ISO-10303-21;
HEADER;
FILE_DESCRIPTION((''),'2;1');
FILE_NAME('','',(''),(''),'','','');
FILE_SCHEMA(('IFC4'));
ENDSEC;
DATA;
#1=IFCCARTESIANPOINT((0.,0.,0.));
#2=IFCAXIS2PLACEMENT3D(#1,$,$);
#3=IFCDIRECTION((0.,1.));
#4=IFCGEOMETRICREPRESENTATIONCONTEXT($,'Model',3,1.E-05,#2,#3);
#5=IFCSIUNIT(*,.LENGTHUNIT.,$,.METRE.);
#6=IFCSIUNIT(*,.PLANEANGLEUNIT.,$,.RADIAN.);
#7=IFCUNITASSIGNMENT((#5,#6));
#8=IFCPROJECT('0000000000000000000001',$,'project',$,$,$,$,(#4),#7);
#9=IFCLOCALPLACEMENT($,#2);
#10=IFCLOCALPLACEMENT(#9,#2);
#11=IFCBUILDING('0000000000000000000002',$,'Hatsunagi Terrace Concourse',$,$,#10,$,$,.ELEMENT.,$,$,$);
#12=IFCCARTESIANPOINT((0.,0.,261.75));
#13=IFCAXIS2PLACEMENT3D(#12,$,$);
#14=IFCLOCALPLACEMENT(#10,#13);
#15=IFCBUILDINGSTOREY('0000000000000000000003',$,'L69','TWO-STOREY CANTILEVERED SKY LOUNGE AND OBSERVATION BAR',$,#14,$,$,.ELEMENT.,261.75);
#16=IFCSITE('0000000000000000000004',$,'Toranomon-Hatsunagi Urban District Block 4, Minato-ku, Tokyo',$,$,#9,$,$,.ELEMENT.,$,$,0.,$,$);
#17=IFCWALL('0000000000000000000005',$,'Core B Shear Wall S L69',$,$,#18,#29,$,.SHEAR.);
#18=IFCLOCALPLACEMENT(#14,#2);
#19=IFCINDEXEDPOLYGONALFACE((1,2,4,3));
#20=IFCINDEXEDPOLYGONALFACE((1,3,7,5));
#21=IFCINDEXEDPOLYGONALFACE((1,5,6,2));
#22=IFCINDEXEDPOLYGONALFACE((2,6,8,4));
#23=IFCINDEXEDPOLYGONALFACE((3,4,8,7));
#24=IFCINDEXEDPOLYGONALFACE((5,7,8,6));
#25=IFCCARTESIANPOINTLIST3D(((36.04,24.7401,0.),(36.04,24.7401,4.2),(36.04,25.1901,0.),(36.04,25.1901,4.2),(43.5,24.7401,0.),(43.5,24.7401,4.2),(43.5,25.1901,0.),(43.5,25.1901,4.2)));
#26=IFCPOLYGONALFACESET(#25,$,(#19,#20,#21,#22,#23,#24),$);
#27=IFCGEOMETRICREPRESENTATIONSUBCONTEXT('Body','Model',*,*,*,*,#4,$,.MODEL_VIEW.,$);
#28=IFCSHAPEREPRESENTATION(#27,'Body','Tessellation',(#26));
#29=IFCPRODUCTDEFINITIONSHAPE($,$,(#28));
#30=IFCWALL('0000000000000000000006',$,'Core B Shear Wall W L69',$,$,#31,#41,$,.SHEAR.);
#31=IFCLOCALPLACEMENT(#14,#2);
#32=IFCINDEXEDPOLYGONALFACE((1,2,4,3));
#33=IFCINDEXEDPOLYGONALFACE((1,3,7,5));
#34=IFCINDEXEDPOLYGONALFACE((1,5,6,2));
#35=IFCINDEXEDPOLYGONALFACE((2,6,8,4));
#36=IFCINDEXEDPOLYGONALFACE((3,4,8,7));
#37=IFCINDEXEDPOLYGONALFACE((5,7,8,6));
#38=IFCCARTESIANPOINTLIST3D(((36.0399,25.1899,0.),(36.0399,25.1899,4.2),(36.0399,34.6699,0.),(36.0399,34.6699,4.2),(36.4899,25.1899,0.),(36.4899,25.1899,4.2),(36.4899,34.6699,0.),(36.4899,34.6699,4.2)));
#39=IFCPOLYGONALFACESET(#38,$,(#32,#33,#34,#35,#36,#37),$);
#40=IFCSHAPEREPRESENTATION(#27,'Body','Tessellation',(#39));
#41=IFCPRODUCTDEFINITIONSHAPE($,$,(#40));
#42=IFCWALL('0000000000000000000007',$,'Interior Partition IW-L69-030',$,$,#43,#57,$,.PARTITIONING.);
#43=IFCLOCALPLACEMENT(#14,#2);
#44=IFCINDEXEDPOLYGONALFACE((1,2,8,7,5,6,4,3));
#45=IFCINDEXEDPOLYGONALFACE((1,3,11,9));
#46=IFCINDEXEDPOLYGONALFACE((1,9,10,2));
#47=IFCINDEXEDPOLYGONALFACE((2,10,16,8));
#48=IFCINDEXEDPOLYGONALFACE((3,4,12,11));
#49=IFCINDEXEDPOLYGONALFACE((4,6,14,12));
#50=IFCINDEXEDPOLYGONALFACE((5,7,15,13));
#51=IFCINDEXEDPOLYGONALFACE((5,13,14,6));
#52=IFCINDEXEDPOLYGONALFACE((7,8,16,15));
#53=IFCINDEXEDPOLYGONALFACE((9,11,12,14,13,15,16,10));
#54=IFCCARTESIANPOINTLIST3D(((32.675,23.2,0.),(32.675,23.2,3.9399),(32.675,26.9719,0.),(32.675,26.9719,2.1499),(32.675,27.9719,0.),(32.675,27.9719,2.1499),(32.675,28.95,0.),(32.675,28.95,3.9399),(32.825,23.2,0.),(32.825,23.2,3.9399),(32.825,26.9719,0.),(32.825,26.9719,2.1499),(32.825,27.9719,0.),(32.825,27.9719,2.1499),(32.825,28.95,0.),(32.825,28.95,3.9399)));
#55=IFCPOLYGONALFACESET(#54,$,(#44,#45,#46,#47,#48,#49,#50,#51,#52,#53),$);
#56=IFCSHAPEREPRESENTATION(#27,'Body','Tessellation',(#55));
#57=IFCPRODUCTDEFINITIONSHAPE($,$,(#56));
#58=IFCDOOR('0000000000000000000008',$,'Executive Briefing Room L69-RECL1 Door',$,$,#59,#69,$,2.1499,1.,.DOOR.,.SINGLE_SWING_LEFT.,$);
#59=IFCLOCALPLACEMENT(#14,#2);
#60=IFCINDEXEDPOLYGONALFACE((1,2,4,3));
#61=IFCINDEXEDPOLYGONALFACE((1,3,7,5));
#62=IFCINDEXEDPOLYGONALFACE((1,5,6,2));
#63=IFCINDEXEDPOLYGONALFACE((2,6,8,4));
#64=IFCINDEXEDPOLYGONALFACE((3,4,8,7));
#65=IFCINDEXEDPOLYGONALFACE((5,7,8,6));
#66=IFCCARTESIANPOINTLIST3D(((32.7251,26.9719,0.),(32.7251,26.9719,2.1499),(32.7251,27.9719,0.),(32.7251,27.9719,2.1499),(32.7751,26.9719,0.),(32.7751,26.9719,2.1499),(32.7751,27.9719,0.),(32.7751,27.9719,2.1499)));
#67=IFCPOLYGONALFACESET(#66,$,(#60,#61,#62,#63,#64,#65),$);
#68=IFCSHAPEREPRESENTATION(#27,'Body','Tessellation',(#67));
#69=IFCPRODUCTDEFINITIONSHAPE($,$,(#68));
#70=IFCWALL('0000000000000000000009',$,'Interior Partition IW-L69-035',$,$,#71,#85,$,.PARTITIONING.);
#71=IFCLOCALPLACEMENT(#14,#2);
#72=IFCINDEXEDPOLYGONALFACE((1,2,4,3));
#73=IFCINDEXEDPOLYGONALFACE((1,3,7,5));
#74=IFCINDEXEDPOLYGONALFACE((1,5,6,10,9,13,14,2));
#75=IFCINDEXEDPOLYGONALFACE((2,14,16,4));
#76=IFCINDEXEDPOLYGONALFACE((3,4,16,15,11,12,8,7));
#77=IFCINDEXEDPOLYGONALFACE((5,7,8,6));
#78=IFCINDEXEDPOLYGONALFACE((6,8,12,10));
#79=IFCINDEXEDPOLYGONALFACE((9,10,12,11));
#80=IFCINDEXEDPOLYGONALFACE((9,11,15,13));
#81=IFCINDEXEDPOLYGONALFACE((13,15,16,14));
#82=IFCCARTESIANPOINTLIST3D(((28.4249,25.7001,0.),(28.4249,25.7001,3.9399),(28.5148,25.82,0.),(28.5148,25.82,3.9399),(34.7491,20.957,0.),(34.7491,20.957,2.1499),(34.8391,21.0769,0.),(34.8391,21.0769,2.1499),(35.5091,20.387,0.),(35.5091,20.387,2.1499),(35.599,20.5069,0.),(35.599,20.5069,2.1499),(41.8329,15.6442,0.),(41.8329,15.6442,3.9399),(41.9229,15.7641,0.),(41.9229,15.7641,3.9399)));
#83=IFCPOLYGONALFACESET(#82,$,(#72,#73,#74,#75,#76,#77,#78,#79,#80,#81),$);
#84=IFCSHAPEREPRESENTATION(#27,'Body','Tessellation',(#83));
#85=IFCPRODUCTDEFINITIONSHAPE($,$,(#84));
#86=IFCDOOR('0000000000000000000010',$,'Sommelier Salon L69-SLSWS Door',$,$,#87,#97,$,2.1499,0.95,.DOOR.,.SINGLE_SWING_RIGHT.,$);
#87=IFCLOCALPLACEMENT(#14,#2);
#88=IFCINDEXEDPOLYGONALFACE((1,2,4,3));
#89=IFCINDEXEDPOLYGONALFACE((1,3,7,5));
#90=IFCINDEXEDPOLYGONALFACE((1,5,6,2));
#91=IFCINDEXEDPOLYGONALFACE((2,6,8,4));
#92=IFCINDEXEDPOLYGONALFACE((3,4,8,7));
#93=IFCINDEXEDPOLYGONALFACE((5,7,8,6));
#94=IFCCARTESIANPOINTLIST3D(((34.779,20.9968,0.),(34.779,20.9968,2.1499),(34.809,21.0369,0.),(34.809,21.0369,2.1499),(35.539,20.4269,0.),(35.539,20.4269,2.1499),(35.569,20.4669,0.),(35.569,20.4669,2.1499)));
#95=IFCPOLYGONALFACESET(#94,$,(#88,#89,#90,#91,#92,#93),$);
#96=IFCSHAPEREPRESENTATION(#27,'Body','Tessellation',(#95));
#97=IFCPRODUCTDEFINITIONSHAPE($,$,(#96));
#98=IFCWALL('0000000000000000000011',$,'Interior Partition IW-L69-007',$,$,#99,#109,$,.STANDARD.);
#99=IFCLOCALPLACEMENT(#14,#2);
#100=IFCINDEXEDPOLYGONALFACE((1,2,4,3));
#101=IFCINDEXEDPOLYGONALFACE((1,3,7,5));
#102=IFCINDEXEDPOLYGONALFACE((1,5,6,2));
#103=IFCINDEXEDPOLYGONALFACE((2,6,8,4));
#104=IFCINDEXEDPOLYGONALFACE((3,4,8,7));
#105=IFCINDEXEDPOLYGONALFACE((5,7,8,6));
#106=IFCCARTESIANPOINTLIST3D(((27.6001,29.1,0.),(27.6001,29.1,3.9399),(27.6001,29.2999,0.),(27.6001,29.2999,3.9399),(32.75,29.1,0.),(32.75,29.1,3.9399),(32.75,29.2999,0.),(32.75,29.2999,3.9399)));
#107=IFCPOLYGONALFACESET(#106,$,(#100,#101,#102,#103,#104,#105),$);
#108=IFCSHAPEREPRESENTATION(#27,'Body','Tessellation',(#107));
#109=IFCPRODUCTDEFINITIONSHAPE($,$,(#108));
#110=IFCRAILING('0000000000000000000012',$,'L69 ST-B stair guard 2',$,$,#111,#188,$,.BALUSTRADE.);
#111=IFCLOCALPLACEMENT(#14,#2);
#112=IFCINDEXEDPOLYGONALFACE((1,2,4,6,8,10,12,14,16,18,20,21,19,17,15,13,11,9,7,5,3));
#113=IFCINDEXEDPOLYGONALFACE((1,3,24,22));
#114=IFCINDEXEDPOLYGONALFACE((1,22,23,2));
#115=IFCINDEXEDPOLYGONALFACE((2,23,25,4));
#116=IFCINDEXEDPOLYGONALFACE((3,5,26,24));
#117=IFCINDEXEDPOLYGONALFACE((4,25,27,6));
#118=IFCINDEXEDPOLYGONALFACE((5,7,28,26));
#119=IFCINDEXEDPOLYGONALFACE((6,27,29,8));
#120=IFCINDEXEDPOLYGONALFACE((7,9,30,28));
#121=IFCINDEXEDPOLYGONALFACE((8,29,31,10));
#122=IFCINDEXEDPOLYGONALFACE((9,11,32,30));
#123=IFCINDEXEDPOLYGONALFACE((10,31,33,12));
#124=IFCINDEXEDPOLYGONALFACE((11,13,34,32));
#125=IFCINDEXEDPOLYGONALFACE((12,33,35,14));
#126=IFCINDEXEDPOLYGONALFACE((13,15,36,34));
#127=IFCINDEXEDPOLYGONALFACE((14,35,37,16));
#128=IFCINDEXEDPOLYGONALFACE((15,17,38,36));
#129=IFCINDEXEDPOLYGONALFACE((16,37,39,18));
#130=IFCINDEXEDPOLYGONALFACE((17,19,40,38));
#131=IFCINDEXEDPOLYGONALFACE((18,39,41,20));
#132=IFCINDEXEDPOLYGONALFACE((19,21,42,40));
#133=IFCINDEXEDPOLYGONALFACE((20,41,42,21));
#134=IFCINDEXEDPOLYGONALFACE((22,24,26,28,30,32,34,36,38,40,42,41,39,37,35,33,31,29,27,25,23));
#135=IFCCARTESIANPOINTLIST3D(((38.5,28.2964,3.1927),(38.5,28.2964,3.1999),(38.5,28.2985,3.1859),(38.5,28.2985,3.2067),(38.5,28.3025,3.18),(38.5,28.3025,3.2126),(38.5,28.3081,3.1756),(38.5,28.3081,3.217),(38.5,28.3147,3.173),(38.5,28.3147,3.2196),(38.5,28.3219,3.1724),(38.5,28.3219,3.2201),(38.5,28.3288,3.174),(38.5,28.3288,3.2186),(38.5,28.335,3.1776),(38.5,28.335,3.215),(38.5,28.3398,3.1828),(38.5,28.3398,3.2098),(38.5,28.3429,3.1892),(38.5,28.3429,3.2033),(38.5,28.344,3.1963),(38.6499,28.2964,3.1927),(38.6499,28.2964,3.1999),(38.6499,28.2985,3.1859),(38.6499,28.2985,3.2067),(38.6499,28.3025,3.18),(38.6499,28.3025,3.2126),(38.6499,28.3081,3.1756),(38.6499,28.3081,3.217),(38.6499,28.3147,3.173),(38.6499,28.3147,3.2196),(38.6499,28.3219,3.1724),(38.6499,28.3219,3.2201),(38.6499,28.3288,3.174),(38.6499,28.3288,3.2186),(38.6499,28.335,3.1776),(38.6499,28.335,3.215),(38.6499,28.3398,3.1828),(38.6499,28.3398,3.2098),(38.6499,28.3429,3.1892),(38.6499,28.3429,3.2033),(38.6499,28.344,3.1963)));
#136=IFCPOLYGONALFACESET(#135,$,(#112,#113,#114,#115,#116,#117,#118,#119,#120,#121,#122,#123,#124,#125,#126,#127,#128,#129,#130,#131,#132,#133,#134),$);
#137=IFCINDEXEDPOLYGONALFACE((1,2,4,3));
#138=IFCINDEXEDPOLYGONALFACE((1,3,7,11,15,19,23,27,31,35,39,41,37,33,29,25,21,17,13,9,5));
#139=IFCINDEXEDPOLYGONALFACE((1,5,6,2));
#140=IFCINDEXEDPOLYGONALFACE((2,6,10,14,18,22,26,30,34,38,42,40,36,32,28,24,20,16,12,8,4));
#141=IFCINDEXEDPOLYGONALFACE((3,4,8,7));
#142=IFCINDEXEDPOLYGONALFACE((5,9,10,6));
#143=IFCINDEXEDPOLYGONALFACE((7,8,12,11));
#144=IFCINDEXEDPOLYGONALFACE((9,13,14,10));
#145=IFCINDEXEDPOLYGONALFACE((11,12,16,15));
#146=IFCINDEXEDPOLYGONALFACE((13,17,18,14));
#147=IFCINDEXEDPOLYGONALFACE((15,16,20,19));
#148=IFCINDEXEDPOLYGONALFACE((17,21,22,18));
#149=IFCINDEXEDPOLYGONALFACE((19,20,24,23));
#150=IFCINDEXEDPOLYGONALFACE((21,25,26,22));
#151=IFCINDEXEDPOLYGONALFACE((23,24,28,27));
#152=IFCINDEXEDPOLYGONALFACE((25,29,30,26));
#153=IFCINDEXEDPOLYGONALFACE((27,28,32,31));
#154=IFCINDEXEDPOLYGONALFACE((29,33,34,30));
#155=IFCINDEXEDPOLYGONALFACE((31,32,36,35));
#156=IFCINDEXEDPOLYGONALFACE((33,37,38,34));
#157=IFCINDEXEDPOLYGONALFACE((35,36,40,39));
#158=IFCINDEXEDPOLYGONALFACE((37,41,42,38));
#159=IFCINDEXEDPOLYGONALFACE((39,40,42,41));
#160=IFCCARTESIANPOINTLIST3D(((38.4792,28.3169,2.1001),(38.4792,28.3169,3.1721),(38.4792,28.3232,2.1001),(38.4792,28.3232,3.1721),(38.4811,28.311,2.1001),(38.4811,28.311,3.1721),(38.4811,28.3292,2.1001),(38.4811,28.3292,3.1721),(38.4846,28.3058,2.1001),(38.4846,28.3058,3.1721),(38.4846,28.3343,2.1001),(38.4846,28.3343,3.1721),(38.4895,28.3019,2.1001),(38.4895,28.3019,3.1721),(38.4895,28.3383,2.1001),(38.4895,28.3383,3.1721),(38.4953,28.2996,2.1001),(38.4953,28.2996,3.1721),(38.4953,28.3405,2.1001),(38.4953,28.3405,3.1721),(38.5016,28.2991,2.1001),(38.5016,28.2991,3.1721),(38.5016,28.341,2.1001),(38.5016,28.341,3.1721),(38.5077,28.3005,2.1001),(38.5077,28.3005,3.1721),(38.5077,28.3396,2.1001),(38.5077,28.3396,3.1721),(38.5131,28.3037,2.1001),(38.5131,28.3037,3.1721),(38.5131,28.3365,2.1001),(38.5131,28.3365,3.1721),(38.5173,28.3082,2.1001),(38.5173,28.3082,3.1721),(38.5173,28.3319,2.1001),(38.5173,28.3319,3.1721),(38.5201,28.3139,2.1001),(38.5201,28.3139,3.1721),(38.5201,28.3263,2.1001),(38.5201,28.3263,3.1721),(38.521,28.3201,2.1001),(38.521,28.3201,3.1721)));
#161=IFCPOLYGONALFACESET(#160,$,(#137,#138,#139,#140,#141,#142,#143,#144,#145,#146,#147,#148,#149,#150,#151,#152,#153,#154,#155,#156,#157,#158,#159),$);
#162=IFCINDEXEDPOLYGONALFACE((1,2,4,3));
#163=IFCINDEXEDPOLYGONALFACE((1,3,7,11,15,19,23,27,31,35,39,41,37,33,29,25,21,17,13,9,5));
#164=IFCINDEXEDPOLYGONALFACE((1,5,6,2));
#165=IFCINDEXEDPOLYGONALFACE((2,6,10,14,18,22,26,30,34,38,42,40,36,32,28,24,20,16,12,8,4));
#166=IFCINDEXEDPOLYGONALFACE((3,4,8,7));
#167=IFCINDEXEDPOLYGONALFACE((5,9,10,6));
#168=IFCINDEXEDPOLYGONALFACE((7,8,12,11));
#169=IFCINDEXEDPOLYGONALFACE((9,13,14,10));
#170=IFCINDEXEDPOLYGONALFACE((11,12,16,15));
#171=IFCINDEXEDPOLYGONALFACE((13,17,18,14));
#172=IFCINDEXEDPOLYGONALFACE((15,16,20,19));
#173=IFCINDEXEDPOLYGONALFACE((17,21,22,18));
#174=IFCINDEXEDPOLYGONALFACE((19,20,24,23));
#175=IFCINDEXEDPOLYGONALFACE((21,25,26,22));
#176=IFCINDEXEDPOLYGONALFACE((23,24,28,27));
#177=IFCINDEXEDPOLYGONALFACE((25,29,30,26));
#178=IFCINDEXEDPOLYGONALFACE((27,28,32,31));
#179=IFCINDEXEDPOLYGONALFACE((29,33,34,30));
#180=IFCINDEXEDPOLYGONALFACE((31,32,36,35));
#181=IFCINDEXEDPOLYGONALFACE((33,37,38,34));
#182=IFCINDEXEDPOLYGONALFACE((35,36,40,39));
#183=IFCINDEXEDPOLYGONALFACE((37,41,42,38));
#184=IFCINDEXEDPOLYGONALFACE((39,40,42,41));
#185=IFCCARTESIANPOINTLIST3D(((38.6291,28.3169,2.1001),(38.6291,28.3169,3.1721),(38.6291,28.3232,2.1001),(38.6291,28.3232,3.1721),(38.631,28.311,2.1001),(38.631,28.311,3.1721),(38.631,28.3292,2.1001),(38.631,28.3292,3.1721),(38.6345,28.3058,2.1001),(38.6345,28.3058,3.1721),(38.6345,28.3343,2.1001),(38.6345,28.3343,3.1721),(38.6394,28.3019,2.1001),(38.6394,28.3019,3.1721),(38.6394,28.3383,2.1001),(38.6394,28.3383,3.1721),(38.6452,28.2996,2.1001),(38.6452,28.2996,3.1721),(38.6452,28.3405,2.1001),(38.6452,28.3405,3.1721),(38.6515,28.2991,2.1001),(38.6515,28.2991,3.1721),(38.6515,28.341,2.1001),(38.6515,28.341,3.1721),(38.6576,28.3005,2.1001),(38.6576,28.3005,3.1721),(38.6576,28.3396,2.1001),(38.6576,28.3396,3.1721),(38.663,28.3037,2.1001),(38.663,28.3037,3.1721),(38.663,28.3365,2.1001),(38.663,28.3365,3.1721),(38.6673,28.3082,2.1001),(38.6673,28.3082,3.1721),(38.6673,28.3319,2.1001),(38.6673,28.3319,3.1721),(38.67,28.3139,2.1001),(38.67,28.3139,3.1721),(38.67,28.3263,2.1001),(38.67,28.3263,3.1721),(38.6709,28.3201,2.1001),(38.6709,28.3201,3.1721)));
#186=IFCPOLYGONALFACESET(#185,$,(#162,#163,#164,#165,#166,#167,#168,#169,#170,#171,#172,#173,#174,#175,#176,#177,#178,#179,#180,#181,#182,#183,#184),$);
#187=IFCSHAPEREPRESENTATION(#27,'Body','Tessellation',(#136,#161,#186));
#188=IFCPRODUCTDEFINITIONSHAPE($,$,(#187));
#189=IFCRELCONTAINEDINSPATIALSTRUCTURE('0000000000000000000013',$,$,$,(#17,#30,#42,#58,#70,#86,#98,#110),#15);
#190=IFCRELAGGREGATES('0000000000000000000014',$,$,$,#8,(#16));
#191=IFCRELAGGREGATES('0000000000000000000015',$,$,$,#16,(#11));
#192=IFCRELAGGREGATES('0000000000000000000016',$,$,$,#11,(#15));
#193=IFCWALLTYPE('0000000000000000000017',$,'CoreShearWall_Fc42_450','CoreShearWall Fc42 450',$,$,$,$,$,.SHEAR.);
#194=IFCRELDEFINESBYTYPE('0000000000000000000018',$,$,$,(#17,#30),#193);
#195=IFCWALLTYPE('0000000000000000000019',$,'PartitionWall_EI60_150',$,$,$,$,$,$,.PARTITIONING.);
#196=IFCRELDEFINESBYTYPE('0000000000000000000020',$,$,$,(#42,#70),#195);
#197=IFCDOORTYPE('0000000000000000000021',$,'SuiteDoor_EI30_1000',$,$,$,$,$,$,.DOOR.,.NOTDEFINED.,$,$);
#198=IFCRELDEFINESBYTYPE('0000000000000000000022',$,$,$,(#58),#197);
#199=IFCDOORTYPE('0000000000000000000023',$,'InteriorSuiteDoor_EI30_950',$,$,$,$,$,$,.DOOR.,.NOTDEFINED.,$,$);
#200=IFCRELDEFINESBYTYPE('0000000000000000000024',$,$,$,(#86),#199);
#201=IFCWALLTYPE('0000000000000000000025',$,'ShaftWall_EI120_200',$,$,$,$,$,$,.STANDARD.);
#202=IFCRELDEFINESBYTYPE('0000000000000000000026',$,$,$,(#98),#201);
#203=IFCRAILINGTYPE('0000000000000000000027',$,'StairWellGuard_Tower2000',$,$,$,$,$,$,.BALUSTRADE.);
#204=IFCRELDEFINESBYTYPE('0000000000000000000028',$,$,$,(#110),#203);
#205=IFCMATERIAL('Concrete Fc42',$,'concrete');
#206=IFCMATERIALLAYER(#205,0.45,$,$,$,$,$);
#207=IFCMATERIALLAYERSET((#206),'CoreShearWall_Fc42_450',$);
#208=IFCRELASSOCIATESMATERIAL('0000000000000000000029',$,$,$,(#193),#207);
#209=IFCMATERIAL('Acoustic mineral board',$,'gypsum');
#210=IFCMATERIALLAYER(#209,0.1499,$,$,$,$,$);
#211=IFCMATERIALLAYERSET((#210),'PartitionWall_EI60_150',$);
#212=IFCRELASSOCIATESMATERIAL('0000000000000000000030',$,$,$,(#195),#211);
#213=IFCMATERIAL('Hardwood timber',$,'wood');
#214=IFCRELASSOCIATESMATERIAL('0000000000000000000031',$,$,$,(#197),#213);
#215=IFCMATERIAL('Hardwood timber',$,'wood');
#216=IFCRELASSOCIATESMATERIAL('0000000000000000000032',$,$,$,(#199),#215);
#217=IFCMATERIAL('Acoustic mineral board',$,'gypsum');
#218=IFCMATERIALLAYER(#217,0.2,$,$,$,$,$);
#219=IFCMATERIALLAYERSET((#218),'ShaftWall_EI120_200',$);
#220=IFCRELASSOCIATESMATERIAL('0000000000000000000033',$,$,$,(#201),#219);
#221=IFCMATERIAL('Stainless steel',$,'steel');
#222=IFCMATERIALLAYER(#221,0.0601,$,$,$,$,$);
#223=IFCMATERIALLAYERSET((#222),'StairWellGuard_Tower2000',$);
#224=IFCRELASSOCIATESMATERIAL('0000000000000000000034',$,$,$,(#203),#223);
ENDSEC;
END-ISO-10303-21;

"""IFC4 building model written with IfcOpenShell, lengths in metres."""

from ifc_helpers import new_model, si_unit, direction, frame, frame_2d, origin, origin_2d, place, context, subcontext, project, spatial, rectangle, circle, extrude, material, layer, layer_set, type_object, element, fill, save


model = new_model("IFC4")

# Units and contexts
model_context = context("Model", 3, precision=1e-05, world=origin(), true_north=direction((0.0, 1.0)))
body_context = subcontext(model_context, "Body", "Model", "MODEL_VIEW")
ifc_project = project(units=[si_unit("LENGTHUNIT", "METRE"), si_unit("PLANEANGLEUNIT", "RADIAN")], contexts=[model_context])

# Site, building, storey
site_placement = place(None, origin())
site = spatial("IfcSite", under=ifc_project, at=site_placement, Name="Toranomon-Hatsunagi Urban District Block 4, Minato-ku, Tokyo", CompositionType="ELEMENT", RefElevation=0.0)
building_placement = place(site_placement, origin())
building = spatial("IfcBuilding", under=site, at=building_placement, Name="Hatsunagi Terrace Concourse", CompositionType="ELEMENT")
storey_placement = place(building_placement, frame((0.0, 0.0, 261.75)))
storey = spatial("IfcBuildingStorey", under=building, at=storey_placement, Name="L69", Description="TWO-STOREY CANTILEVERED SKY LOUNGE AND OBSERVATION BAR", CompositionType="ELEMENT", Elevation=261.75)

# Walls
ifc_material_1 = material(Name="Concrete Fc42", Category="concrete")
ifc_layer_1 = layer(ifc_material_1, 0.45)
ifc_layer_set_1 = layer_set([ifc_layer_1], Name="CoreShearWall_Fc42_450")
wall_type_1 = type_object("IfcWallType", Name="CoreShearWall_Fc42_450", Description="CoreShearWall Fc42 450", PredefinedType="SHEAR", material=ifc_layer_set_1)
wall_1_placement = place(storey_placement, frame((36.04, 24.9651, 0.0), z_axis=(0.0, 0.0, 1.0), x_axis=(1.0, 0.0, 0.0)))
element("IfcWall", 1, at=wall_1_placement, inside=storey, type_object=wall_type_1, Name="Core B Shear Wall S L69", PredefinedType="SHEAR", context=body_context, shape_type="SweptSolid", body=[
    extrude(rectangle(XDim=7.46, YDim=0.45, at=frame_2d((3.73, 0.0))), origin(), (0.0, 0.0, 1.0), 4.2),
])
wall_2_placement = place(storey_placement, frame((36.2649, 25.1899, 0.0), z_axis=(0.0, 0.0, 1.0), x_axis=(0.0, 1.0, 0.0)))
element("IfcWall", 2, at=wall_2_placement, inside=storey, type_object=wall_type_1, Name="Core B Shear Wall W L69", PredefinedType="SHEAR", context=body_context, shape_type="SweptSolid", body=[
    extrude(rectangle(XDim=9.48, YDim=0.45, at=frame_2d((4.74, 0.0))), origin(), (0.0, 0.0, 1.0), 4.2),
])

# Walls, openings, doors
ifc_material_2 = material(Name="Acoustic mineral board", Category="gypsum")
ifc_layer_2 = layer(ifc_material_2, 0.1499)
ifc_layer_set_2 = layer_set([ifc_layer_2], Name="PartitionWall_EI60_150")
wall_type_2 = type_object("IfcWallType", Name="PartitionWall_EI60_150", PredefinedType="PARTITIONING", material=ifc_layer_set_2)
wall_3_placement = place(storey_placement, frame((32.75, 23.2, 0.0), z_axis=(0.0, 0.0, 1.0), x_axis=(0.0, 1.0, 0.0)))
wall_3 = element("IfcWall", 3, at=wall_3_placement, inside=storey, type_object=wall_type_2, Name="Interior Partition IW-L69-030", PredefinedType="PARTITIONING", context=body_context, shape_type="SweptSolid", body=[
    extrude(rectangle(XDim=5.75, YDim=0.1499, at=frame_2d((2.875, 0.0))), origin(), (0.0, 0.0, 1.0), 3.9399),
])
opening_1_placement = place(wall_3_placement, frame((3.772, 0.0, 0.0)))
opening_1 = element("IfcOpeningElement", 4, at=opening_1_placement, cuts=wall_3, PredefinedType="OPENING", context=body_context, shape_type="SweptSolid", body=[
    extrude(rectangle(XDim=1.0, YDim=2.1499, at=frame_2d((0.5, 1.075))), frame((0.0, 0.085, 0.0), z_axis=(0.0, -1.0, 0.0), x_axis=(1.0, 0.0, 0.0)), (0.0, 0.0, 1.0), 0.1699),
])
ifc_material_3 = material(Name="Hardwood timber", Category="wood")
door_type_1 = type_object("IfcDoorType", Name="SuiteDoor_EI30_1000", OperationType="NOTDEFINED", PredefinedType="DOOR", material=ifc_material_3)
door_1_placement = place(opening_1_placement, origin())
door_1 = element("IfcDoor", 5, at=door_1_placement, inside=storey, type_object=door_type_1, Name="Executive Briefing Room L69-RECL1 Door", OperationType="SINGLE_SWING_LEFT", OverallHeight=2.1499, OverallWidth=1.0, PredefinedType="DOOR", context=body_context, shape_type="SweptSolid", body=[
    extrude(rectangle(XDim=1.0, YDim=2.1499, at=frame_2d((0.5, 1.075))), frame((0.0, 0.0249, 0.0), z_axis=(0.0, -1.0, 0.0), x_axis=(1.0, 0.0, 0.0)), (0.0, 0.0, 1.0), 0.05),
])
fill(opening_1, door_1)
wall_4_placement = place(storey_placement, frame((28.47, 25.76, 0.0), z_axis=(0.0, 0.0, 1.0), x_axis=(0.800002, -0.599998, 0.0)))
wall_4 = element("IfcWall", 6, at=wall_4_placement, inside=storey, type_object=wall_type_2, Name="Interior Partition IW-L69-035", PredefinedType="PARTITIONING", context=body_context, shape_type="SweptSolid", body=[
    extrude(rectangle(XDim=16.76, YDim=0.1499, at=frame_2d((8.3799, 0.0))), origin(), (0.0, 0.0, 1.0), 3.9399),
])
opening_2_placement = place(wall_4_placement, frame((7.905, 0.0, 0.0)))
opening_2 = element("IfcOpeningElement", 7, at=opening_2_placement, cuts=wall_4, PredefinedType="OPENING", context=body_context, shape_type="SweptSolid", body=[
    extrude(rectangle(XDim=0.95, YDim=2.1499, at=frame_2d((0.4751, 1.075))), frame((0.0, 0.085, 0.0), z_axis=(0.0, -1.0, 0.0), x_axis=(1.0, 0.0, 0.0)), (0.0, 0.0, 1.0), 0.1699),
])
ifc_material_4 = material(Name="Hardwood timber", Category="wood")
door_type_2 = type_object("IfcDoorType", Name="InteriorSuiteDoor_EI30_950", OperationType="NOTDEFINED", PredefinedType="DOOR", material=ifc_material_4)
door_2_placement = place(opening_2_placement, origin())
door_2 = element("IfcDoor", 8, at=door_2_placement, inside=storey, type_object=door_type_2, Name="Sommelier Salon L69-SLSWS Door", OperationType="SINGLE_SWING_RIGHT", OverallHeight=2.1499, OverallWidth=0.95, PredefinedType="DOOR", context=body_context, shape_type="SweptSolid", body=[
    extrude(rectangle(XDim=0.95, YDim=2.1499, at=frame_2d((0.4751, 1.075))), frame((0.0, 0.0249, 0.0), z_axis=(0.0, -1.0, 0.0), x_axis=(1.0, 0.0, 0.0)), (0.0, 0.0, 1.0), 0.05),
])
fill(opening_2, door_2)

# Wall
ifc_material_5 = material(Name="Acoustic mineral board", Category="gypsum")
ifc_layer_3 = layer(ifc_material_5, 0.2)
ifc_layer_set_3 = layer_set([ifc_layer_3], Name="ShaftWall_EI120_200")
wall_type_3 = type_object("IfcWallType", Name="ShaftWall_EI120_200", PredefinedType="STANDARD", material=ifc_layer_set_3)
wall_5_placement = place(storey_placement, frame((27.6001, 29.2, 0.0), z_axis=(0.0, 0.0, 1.0), x_axis=(1.0, 0.0, 0.0)))
element("IfcWall", 9, at=wall_5_placement, inside=storey, type_object=wall_type_3, Name="Interior Partition IW-L69-007", PredefinedType="STANDARD", context=body_context, shape_type="SweptSolid", body=[
    extrude(rectangle(XDim=5.1499, YDim=0.2, at=frame_2d((2.575, 0.0))), origin(), (0.0, 0.0, 1.0), 3.9399),
])

# Railing
ifc_material_6 = material(Name="Stainless steel", Category="steel")
ifc_layer_4 = layer(ifc_material_6, 0.0601)
ifc_layer_set_4 = layer_set([ifc_layer_4], Name="StairWellGuard_Tower2000")
railing_type = type_object("IfcRailingType", Name="StairWellGuard_Tower2000", PredefinedType="BALUSTRADE", material=ifc_layer_set_4)
railing_placement = place(storey_placement, frame((38.5, 28.3201, 2.1001)))
element("IfcRailing", 10, at=railing_placement, inside=storey, type_object=railing_type, Name="L69 ST-B stair guard 2", PredefinedType="BALUSTRADE", context=body_context, shape_type="SweptSolid", body=[
    extrude(circle(Radius=0.0239, at=origin_2d()), frame((0.0, 0.0, 1.0962), z_axis=(1.0, 0.0, 0.0), x_axis=(0.0, 1.0, 0.0)), (0.0, 0.0, 1.0), 0.1499),
    extrude(circle(Radius=0.021, at=origin_2d()), origin(), (0.0, 0.0, 1.0), 1.072),
    extrude(circle(Radius=0.021, at=origin_2d()), frame((0.1499, 0.0, 0.0)), (0.0, 0.0, 1.0), 1.072),
])

save(model, "model.ifc")
